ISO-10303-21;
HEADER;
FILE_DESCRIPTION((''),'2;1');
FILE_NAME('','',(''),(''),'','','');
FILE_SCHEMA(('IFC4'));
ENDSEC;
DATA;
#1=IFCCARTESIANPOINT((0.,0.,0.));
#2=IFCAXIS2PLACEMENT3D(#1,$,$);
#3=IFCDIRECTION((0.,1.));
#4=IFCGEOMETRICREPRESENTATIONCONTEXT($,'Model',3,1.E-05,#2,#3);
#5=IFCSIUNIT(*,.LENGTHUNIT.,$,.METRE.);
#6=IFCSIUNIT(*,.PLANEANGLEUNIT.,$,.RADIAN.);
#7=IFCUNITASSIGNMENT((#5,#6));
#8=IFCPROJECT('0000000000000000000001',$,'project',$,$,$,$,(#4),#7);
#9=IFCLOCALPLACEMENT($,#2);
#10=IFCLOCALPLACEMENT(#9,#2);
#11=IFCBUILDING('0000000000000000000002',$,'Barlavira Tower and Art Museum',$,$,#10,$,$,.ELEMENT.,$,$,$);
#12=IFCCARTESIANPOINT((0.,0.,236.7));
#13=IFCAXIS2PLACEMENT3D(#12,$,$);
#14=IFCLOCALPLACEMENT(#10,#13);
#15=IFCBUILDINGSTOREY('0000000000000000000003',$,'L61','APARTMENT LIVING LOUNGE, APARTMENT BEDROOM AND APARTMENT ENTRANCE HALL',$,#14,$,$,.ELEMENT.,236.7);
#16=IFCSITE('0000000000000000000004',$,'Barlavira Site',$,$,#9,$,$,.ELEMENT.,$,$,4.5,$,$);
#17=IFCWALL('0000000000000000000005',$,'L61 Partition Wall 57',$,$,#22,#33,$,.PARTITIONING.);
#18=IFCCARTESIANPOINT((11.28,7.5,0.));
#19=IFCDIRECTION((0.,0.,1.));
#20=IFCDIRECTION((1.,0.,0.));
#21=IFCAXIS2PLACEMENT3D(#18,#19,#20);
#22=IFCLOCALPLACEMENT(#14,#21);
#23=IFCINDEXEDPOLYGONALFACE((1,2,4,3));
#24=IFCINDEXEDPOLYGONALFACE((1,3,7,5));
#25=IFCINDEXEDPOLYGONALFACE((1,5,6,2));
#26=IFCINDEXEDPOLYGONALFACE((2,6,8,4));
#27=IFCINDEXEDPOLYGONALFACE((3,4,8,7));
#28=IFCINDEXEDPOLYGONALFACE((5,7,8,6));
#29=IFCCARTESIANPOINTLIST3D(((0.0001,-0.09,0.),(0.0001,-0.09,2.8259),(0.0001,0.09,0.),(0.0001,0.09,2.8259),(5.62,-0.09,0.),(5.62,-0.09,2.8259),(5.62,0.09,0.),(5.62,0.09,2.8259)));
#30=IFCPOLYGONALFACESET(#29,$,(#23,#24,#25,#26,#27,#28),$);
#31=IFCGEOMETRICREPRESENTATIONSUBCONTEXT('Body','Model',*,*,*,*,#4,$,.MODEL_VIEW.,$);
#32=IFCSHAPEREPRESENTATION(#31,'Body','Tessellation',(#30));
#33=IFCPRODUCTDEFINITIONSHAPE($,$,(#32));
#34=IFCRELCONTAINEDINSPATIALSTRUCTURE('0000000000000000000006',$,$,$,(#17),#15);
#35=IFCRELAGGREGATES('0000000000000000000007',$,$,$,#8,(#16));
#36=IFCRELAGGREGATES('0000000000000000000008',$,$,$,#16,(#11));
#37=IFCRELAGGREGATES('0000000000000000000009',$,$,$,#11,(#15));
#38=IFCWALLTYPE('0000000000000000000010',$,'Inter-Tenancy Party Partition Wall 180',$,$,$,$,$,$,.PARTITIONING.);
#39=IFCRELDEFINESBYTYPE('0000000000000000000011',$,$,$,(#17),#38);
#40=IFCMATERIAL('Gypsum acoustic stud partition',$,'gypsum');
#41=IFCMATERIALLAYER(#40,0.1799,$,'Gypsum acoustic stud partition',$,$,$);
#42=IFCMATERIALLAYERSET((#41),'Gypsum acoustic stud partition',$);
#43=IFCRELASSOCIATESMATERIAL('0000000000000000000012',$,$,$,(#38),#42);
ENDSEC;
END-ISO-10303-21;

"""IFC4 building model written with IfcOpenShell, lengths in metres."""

from ifc_helpers import new_model, si_unit, direction, frame, frame_2d, origin, place, context, subcontext, project, spatial, rectangle, extrude, material, layer, layer_set, type_object, element, save


model = new_model("IFC4")

# Units and contexts
model_context = context("Model", 3, precision=1e-05, world=origin(), true_north=direction((0.0, 1.0)))
body_context = subcontext(model_context, "Body", "Model", "MODEL_VIEW")
ifc_project = project(units=[si_unit("LENGTHUNIT", "METRE"), si_unit("PLANEANGLEUNIT", "RADIAN")], contexts=[model_context])

# Site, building, storey
site_placement = place(None, origin())
site = spatial("IfcSite", under=ifc_project, at=site_placement, Name="Barlavira Site", CompositionType="ELEMENT", RefElevation=4.5)
building_placement = place(site_placement, origin())
building = spatial("IfcBuilding", under=site, at=building_placement, Name="Barlavira Tower and Art Museum", CompositionType="ELEMENT")
storey_placement = place(building_placement, frame((0.0, 0.0, 236.7)))
storey = spatial("IfcBuildingStorey", under=building, at=storey_placement, Name="L61", Description="APARTMENT LIVING LOUNGE, APARTMENT BEDROOM AND APARTMENT ENTRANCE HALL", CompositionType="ELEMENT", Elevation=236.7)

# Shared definitions
ifc_material_1 = material(Name="Gypsum acoustic stud partition", Category="gypsum")

# Wall
ifc_layer_1 = layer(ifc_material_1, 0.1799, Name="Gypsum acoustic stud partition")
ifc_layer_set_1 = layer_set([ifc_layer_1], Name="Gypsum acoustic stud partition")
wall_type_1 = type_object("IfcWallType", Name="Inter-Tenancy Party Partition Wall 180", PredefinedType="PARTITIONING", material=ifc_layer_set_1)
wall_1_placement = place(storey_placement, frame((11.28, 7.5, 0.0), z_axis=(0.0, 0.0, 1.0), x_axis=(1.0, 0.0, 0.0)))
element("IfcWall", 1, at=wall_1_placement, inside=storey, type_object=wall_type_1, Name="L61 Partition Wall 57", PredefinedType="PARTITIONING", context=body_context, shape_type="SweptSolid", body=[
    extrude(rectangle(XDim=5.6199, YDim=0.1799, at=frame_2d((2.8101, 0.0))), origin(), (0.0, 0.0, 1.0), 2.8259),
])

save(model, "model.ifc")
